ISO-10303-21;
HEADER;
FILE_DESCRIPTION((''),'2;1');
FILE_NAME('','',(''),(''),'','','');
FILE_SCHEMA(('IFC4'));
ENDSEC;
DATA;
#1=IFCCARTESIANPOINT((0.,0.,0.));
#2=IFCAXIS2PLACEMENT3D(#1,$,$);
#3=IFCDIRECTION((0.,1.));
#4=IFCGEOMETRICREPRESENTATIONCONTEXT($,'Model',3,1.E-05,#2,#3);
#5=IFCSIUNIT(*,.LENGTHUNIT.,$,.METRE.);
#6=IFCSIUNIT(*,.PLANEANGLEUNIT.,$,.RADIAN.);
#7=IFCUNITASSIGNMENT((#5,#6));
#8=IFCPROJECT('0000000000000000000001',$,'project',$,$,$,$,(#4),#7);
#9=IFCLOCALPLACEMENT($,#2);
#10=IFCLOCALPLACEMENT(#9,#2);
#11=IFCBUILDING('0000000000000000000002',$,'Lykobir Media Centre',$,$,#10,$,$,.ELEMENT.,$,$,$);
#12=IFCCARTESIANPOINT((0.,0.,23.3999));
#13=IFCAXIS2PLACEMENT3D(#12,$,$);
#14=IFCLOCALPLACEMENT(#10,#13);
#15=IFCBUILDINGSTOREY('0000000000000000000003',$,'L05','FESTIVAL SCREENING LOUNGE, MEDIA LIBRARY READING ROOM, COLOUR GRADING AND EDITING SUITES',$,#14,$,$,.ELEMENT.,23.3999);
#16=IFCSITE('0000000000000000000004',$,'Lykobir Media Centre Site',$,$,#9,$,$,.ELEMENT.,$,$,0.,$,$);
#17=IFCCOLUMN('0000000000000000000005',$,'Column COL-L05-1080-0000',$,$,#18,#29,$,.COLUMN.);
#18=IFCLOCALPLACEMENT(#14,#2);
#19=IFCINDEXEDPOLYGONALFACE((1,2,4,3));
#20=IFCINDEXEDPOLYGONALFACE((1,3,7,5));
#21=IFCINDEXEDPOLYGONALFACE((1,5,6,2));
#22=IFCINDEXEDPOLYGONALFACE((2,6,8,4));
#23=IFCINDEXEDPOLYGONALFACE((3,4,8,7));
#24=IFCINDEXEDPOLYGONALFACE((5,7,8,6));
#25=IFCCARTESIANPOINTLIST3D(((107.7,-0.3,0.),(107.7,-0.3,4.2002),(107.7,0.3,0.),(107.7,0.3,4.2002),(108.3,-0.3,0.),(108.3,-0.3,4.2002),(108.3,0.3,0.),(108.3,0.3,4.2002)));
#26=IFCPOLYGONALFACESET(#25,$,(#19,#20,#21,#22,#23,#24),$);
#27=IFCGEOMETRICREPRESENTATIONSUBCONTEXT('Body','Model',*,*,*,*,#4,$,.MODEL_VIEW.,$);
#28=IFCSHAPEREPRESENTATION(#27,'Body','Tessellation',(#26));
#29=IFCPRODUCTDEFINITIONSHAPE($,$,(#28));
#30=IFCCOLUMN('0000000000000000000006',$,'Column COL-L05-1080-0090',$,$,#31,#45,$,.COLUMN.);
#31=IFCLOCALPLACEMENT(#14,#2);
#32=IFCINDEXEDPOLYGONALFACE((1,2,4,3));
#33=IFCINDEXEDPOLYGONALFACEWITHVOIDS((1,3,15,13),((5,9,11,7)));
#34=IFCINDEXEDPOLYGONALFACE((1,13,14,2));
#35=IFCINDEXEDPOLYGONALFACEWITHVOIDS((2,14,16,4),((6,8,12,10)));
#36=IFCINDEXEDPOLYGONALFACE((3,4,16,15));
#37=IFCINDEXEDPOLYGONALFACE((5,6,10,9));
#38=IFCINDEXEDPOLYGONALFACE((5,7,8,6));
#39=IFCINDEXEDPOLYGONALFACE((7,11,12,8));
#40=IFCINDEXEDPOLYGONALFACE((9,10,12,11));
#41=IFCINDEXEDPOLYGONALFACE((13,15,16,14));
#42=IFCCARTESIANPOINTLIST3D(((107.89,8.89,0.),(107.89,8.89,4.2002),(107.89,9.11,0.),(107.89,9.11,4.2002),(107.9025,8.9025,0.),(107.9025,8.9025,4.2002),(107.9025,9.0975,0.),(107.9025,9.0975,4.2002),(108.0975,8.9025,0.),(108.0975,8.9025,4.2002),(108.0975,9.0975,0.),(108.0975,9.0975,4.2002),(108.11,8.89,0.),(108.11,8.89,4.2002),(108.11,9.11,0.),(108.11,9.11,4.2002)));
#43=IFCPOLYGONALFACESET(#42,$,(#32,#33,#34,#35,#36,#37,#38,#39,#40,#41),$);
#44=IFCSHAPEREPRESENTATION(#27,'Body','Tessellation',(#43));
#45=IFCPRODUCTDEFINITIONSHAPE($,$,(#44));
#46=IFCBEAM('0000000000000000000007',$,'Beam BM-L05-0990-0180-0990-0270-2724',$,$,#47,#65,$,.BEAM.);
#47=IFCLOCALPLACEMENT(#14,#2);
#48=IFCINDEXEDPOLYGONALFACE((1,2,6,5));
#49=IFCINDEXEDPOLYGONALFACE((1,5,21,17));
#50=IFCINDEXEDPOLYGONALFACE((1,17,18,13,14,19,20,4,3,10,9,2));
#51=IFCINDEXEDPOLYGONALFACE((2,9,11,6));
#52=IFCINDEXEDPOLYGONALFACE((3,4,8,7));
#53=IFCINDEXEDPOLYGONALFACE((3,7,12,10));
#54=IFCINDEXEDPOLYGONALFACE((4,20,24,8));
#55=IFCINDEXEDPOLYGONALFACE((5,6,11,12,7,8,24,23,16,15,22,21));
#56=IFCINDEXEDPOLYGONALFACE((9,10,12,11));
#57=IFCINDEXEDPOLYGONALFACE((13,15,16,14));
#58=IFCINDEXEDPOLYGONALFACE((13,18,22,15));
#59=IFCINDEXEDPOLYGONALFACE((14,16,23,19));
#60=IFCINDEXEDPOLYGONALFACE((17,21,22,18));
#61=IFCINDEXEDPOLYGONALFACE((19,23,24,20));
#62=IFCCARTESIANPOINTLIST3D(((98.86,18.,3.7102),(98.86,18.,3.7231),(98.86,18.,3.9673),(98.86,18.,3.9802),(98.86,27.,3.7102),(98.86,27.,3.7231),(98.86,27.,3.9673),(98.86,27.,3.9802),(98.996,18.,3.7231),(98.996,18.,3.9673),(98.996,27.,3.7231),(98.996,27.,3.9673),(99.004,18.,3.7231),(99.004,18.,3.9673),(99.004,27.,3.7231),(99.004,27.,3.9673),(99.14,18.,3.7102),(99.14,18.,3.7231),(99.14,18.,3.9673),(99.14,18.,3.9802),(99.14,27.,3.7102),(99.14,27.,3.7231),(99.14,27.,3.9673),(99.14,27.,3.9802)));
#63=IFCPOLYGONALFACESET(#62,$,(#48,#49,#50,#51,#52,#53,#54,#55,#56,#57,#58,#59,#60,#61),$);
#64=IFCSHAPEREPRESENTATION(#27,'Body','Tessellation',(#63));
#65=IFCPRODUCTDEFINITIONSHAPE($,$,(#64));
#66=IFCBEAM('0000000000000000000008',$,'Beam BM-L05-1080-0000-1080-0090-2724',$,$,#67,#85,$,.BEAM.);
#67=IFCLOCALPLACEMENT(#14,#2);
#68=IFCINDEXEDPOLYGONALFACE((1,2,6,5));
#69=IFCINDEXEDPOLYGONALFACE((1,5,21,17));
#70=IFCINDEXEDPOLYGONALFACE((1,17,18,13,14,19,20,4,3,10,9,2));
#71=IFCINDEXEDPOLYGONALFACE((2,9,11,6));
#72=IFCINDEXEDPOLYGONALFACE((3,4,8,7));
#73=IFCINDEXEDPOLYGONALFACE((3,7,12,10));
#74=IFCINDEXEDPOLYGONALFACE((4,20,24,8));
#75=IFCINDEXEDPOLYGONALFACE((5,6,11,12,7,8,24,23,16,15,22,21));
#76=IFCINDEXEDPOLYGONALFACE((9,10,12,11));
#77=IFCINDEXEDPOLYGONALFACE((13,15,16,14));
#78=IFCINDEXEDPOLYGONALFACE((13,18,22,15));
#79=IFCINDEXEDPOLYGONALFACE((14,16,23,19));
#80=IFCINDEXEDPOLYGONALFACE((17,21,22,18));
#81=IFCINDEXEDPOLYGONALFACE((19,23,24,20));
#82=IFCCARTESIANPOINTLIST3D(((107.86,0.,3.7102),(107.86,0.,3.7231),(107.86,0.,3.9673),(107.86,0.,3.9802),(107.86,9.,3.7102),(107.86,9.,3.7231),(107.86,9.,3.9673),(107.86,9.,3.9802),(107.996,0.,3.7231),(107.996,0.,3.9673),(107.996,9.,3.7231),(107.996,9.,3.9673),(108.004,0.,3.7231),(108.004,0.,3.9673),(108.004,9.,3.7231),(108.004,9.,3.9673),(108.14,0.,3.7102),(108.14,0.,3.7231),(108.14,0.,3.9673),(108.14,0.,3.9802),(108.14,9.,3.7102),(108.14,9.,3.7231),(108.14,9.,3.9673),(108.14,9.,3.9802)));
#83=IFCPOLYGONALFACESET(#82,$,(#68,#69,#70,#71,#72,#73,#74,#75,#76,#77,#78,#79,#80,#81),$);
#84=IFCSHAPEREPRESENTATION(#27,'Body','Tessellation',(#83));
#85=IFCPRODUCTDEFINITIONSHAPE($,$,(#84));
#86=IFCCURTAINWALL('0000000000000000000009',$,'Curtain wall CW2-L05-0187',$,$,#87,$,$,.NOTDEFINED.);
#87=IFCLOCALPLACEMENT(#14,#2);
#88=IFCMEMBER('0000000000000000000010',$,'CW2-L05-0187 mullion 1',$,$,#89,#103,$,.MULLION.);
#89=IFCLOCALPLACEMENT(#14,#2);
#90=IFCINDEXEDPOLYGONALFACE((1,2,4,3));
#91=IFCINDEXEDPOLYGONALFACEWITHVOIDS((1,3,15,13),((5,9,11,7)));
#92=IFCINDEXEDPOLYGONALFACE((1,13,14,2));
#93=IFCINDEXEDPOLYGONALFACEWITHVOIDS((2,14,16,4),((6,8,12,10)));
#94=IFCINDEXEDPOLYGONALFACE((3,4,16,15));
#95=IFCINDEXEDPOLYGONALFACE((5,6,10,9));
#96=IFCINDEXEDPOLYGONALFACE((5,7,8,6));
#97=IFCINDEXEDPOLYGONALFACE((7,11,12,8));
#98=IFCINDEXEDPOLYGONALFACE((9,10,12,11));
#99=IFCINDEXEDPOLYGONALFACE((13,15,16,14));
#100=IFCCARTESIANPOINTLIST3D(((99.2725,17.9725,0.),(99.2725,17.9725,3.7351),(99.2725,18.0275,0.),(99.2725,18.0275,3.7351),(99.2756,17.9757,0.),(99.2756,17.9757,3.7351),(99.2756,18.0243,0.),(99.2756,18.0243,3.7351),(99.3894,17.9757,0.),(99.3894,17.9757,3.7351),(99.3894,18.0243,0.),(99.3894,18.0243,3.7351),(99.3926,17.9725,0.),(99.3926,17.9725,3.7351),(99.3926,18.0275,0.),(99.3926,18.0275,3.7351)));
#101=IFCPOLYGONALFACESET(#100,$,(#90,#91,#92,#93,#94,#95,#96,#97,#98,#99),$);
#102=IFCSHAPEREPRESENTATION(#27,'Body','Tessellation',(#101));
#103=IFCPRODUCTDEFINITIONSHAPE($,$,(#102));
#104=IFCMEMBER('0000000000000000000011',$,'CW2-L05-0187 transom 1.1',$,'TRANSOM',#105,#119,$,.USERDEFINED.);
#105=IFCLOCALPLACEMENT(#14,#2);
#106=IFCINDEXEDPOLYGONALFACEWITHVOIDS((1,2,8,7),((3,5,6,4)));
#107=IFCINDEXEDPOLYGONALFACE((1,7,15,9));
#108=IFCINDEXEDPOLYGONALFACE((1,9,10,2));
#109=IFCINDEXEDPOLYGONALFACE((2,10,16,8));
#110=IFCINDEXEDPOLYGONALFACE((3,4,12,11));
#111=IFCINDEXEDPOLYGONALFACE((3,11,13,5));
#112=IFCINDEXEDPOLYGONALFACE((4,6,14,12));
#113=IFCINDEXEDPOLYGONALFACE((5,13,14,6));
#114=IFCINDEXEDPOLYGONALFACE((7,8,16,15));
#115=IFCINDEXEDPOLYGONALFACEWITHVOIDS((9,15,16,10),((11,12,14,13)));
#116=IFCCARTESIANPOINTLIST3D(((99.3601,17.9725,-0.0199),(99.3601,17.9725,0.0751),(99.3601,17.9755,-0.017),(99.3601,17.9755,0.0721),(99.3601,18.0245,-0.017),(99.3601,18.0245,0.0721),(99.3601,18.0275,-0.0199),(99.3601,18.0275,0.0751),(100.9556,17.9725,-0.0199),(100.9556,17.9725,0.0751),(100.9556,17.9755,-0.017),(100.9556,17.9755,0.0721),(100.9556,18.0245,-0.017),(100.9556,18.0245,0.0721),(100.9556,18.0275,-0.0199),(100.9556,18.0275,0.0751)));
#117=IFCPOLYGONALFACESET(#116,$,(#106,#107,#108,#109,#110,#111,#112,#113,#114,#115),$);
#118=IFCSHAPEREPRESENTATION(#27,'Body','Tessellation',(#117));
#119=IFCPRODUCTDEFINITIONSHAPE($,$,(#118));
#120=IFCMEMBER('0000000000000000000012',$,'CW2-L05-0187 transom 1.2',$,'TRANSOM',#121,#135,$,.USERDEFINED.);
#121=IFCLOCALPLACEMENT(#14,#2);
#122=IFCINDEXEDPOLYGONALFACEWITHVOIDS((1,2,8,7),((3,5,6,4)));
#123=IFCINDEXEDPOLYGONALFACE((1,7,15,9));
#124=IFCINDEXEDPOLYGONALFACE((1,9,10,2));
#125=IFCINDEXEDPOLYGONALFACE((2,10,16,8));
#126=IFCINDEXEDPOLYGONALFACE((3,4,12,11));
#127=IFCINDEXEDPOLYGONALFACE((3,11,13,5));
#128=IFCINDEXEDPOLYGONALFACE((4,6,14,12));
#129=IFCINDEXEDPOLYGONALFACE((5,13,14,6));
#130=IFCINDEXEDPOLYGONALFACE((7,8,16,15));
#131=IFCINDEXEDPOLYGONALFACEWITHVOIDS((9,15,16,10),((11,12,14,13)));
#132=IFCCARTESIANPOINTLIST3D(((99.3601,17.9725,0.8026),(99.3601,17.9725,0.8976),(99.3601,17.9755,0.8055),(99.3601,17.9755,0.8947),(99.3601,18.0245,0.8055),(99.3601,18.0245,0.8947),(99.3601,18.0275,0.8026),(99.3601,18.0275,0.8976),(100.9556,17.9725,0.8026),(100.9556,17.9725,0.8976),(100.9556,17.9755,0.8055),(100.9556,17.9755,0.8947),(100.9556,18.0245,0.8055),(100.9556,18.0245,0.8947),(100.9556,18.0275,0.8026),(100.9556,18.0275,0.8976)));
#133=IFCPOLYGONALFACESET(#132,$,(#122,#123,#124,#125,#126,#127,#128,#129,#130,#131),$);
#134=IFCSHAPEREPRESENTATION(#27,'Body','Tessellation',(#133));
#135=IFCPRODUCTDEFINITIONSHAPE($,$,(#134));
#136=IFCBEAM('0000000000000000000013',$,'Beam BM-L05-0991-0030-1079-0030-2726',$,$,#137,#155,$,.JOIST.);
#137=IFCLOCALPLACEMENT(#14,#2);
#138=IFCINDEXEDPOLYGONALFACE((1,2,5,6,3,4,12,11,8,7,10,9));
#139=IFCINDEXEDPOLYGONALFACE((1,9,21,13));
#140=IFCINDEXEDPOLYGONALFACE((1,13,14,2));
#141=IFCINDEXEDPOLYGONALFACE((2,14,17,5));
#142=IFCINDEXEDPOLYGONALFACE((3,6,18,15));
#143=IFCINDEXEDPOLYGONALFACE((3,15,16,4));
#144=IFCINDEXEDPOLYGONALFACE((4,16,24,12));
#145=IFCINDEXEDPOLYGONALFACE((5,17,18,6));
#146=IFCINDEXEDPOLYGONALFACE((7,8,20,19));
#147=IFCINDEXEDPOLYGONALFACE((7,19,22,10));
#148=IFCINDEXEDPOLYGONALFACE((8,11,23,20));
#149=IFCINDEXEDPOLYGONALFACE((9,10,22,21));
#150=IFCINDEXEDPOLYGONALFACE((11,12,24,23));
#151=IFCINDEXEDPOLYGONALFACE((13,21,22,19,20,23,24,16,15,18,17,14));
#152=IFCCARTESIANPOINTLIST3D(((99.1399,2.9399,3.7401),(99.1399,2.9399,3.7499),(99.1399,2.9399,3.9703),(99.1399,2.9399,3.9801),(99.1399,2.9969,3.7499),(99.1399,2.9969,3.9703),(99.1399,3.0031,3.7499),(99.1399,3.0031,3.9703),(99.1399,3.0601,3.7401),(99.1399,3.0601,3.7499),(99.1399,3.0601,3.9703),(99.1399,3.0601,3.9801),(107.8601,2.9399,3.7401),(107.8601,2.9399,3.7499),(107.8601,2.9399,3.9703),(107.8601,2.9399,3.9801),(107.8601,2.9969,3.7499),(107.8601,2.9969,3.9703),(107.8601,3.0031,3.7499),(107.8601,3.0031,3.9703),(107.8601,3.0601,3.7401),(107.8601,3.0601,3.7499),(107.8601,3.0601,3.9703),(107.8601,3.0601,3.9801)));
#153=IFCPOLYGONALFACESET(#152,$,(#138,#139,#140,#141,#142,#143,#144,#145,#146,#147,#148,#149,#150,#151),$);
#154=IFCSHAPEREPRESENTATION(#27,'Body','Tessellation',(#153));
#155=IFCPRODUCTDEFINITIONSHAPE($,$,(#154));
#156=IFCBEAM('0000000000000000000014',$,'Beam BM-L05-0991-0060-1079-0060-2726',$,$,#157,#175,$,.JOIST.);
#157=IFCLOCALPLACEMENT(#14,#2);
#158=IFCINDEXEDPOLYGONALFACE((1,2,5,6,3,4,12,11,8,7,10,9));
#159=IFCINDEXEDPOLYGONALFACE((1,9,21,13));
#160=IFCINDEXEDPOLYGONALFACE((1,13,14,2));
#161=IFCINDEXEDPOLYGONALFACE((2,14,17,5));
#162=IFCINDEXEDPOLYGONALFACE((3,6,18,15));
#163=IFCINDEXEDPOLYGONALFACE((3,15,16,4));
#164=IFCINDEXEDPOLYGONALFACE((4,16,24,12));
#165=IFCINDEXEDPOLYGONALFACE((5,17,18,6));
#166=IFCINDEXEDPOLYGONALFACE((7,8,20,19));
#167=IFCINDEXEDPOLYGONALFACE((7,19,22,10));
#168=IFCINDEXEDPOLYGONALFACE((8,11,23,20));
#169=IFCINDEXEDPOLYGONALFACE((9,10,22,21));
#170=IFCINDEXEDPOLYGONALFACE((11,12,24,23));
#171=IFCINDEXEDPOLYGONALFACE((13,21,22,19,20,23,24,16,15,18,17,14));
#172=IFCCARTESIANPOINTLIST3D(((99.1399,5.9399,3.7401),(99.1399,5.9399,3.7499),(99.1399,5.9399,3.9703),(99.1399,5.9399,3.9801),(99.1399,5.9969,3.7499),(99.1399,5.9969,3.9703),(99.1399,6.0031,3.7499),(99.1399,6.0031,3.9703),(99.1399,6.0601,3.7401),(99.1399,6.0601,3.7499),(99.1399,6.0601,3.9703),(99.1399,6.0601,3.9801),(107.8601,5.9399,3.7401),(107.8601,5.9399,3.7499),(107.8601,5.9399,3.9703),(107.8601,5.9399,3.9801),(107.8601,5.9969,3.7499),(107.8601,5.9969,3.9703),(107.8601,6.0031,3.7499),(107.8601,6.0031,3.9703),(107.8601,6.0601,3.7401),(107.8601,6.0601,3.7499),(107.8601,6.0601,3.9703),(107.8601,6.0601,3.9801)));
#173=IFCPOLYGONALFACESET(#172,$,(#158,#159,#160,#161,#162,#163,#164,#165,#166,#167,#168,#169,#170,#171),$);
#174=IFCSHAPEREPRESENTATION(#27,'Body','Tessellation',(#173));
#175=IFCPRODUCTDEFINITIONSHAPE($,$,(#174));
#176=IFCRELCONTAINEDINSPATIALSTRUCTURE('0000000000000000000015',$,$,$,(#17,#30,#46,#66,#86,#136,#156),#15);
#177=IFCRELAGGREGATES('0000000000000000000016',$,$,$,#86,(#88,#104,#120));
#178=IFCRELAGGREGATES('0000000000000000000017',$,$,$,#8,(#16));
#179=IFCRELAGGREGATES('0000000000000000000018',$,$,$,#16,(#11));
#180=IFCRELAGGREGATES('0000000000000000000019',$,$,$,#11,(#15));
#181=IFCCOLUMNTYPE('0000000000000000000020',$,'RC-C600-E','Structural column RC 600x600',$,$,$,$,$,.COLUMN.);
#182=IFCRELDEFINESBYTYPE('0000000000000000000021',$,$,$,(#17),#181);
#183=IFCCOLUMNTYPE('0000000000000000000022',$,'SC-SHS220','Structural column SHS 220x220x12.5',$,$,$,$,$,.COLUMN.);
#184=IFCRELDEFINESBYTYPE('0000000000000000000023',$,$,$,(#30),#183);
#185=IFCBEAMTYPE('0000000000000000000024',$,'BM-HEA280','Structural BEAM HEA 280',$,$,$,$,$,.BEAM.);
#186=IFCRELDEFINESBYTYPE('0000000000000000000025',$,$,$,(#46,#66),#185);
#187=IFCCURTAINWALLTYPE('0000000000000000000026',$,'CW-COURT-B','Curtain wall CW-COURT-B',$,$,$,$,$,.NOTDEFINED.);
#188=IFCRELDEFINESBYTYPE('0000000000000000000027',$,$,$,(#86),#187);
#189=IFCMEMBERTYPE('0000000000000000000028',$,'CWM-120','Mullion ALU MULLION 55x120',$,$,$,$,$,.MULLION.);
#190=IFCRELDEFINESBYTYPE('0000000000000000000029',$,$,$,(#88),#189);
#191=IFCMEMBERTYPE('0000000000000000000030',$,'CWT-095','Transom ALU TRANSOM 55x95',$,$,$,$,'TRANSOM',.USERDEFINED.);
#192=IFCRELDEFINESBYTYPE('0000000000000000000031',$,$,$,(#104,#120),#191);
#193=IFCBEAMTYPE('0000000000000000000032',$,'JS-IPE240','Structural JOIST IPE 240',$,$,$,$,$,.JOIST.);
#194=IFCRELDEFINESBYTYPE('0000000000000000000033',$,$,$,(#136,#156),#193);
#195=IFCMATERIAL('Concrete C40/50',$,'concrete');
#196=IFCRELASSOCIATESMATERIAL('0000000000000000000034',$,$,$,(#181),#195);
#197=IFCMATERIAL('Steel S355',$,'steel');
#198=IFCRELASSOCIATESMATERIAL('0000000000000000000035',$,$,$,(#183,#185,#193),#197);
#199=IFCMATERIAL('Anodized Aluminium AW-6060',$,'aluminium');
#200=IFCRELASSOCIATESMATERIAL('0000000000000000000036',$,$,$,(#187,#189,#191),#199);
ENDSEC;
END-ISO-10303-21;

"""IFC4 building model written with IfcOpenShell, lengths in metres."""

from ifc_helpers import new_model, si_unit, direction, frame, origin, origin_2d, place, context, subcontext, project, spatial, rectangle, hollow_rectangle, i_section, extrude, material, material_profile, profile_set, type_object, element, aggregate, save


model = new_model("IFC4")

# Units and contexts
model_context = context("Model", 3, precision=1e-05, world=origin(), true_north=direction((0.0, 1.0)))
body_context = subcontext(model_context, "Body", "Model", "MODEL_VIEW")
ifc_project = project(units=[si_unit("LENGTHUNIT", "METRE"), si_unit("PLANEANGLEUNIT", "RADIAN")], contexts=[model_context])

# Site, building, storey
site_placement = place(None, origin())
site = spatial("IfcSite", under=ifc_project, at=site_placement, Name="Lykobir Media Centre Site", CompositionType="ELEMENT", RefElevation=0.0)
building_placement = place(site_placement, origin())
building = spatial("IfcBuilding", under=site, at=building_placement, Name="Lykobir Media Centre", CompositionType="ELEMENT")
storey_placement = place(building_placement, frame((0.0, 0.0, 23.3999)))
storey = spatial("IfcBuildingStorey", under=building, at=storey_placement, Name="L05", Description="FESTIVAL SCREENING LOUNGE, MEDIA LIBRARY READING ROOM, COLOUR GRADING AND EDITING SUITES", CompositionType="ELEMENT", Elevation=23.3999)

# Columns
ifc_material_1 = material(Name="Concrete C40/50", Category="concrete")
ifc_material_profile_1 = material_profile(ifc_material_1, rectangle(XDim=0.6001, YDim=0.6001, at=origin_2d()), Name="RC 600x600")
ifc_profile_set_1 = profile_set([ifc_material_profile_1], Name="Concrete C40/50")
column_type_1 = type_object("IfcColumnType", Name="RC-C600-E", Description="Structural column RC 600x600", PredefinedType="COLUMN", material=ifc_profile_set_1)
column_1_placement = place(storey_placement, frame((108.0, 0.0, 0.0), z_axis=(0.0, 0.0, 1.0), x_axis=(1.0, 0.0, 0.0)))
element("IfcColumn", 1, at=column_1_placement, inside=storey, type_object=column_type_1, Name="Column COL-L05-1080-0000", PredefinedType="COLUMN", context=body_context, shape_type="SweptSolid", body=[
    extrude(rectangle(XDim=0.6001, YDim=0.6001, at=origin_2d()), origin(), (0.0, 0.0, 1.0), 4.2002),
])
ifc_material_2 = material(Name="Steel S355", Category="steel")
ifc_material_profile_2 = material_profile(ifc_material_2, hollow_rectangle(XDim=0.22, YDim=0.22, WallThickness=0.0125, at=origin_2d()), Name="SHS 220x220x12.5")
ifc_profile_set_2 = profile_set([ifc_material_profile_2], Name="Steel S355")
column_type_2 = type_object("IfcColumnType", Name="SC-SHS220", Description="Structural column SHS 220x220x12.5", PredefinedType="COLUMN", material=ifc_profile_set_2)
column_2_placement = place(storey_placement, frame((108.0, 9.0, 0.0), z_axis=(0.0, 0.0, 1.0), x_axis=(1.0, 0.0, 0.0)))
element("IfcColumn", 2, at=column_2_placement, inside=storey, type_object=column_type_2, Name="Column COL-L05-1080-0090", PredefinedType="COLUMN", context=body_context, shape_type="SweptSolid", body=[
    extrude(hollow_rectangle(XDim=0.22, YDim=0.22, WallThickness=0.0125, at=origin_2d()), origin(), (0.0, 0.0, 1.0), 4.2002),
])

# Beams
ifc_material_profile_3 = material_profile(ifc_material_2, i_section(OverallWidth=0.28, OverallDepth=0.27, WebThickness=0.0081, FlangeThickness=0.0129, at=origin_2d()), Name="HEA 280")
ifc_profile_set_3 = profile_set([ifc_material_profile_3], Name="Steel S355")
beam_type_1 = type_object("IfcBeamType", Name="BM-HEA280", Description="Structural BEAM HEA 280", PredefinedType="BEAM", material=ifc_profile_set_3)
for number, where, z_axis, x_axis, name in (
    (3, (99.0, 18.0, 3.8452), (0.0, 1.0, 0.0), (-1.0, 0.0, 0.0), "Beam BM-L05-0990-0180-0990-0270-2724"),
    (4, (108.0, 0.0, 3.8452), (0.0, 1.0, 0.0), (-1.0, 0.0, 0.0), "Beam BM-L05-1080-0000-1080-0090-2724"),
):
    element("IfcBeam", number, at=place(storey_placement, frame(where, z_axis=z_axis, x_axis=x_axis)), inside=storey, type_object=beam_type_1, Name=name, PredefinedType="BEAM", context=body_context, shape_type="SweptSolid", body=[
        extrude(i_section(OverallWidth=0.28, OverallDepth=0.27, WebThickness=0.0081, FlangeThickness=0.0129, at=origin_2d()), origin(), (0.0, 0.0, 1.0), 9.0),
    ])

# Curtain wall, members
ifc_material_3 = material(Name="Anodized Aluminium AW-6060", Category="aluminium")
curtain_wall_type = type_object("IfcCurtainWallType", Name="CW-COURT-B", Description="Curtain wall CW-COURT-B", PredefinedType="NOTDEFINED", material=ifc_material_3)
curtain_wall_placement = place(storey_placement, origin())
curtain_wall = element("IfcCurtainWall", 5, at=curtain_wall_placement, inside=storey, type_object=curtain_wall_type, Name="Curtain wall CW2-L05-0187", PredefinedType="NOTDEFINED")
ifc_material_profile_4 = material_profile(ifc_material_3, hollow_rectangle(XDim=0.0549, YDim=0.1201, WallThickness=0.0032, at=origin_2d()), Name="ALU MULLION 55x120")
ifc_profile_set_4 = profile_set([ifc_material_profile_4], Name="Anodized Aluminium AW-6060")
member_type_1 = type_object("IfcMemberType", Name="CWM-120", Description="Mullion ALU MULLION 55x120", PredefinedType="MULLION", material=ifc_profile_set_4)
member_1_placement = place(storey_placement, frame((99.3325, 18.0, 0.0), z_axis=(0.0, 0.0, 1.0), x_axis=(0.0, 1.0, 0.0)))
member_1 = element("IfcMember", 6, at=member_1_placement, type_object=member_type_1, Name="CW2-L05-0187 mullion 1", PredefinedType="MULLION", context=body_context, shape_type="SweptSolid", body=[
    extrude(hollow_rectangle(XDim=0.0549, YDim=0.1201, WallThickness=0.0032, at=origin_2d()), origin(), (0.0, 0.0, 1.0), 3.7351),
])
ifc_material_profile_5 = material_profile(ifc_material_3, hollow_rectangle(XDim=0.0549, YDim=0.095, WallThickness=0.0029, at=origin_2d()), Name="ALU TRANSOM 55x95")
ifc_profile_set_5 = profile_set([ifc_material_profile_5], Name="Anodized Aluminium AW-6060")
member_type_2 = type_object("IfcMemberType", Name="CWT-095", Description="Transom ALU TRANSOM 55x95", ElementType="TRANSOM", PredefinedType="USERDEFINED", material=ifc_profile_set_5)
member_2_placement = place(storey_placement, frame((99.3601, 18.0, 0.0276), z_axis=(1.0, 0.0, 0.0), x_axis=(0.0, 1.0, 0.0)))
member_2 = element("IfcMember", 7, at=member_2_placement, type_object=member_type_2, Name="CW2-L05-0187 transom 1.1", ObjectType="TRANSOM", PredefinedType="USERDEFINED", context=body_context, shape_type="SweptSolid", body=[
    extrude(hollow_rectangle(XDim=0.0549, YDim=0.095, WallThickness=0.0029, at=origin_2d()), origin(), (0.0, 0.0, 1.0), 1.5955),
])
member_3_placement = place(storey_placement, frame((99.3601, 18.0, 0.8501), z_axis=(1.0, 0.0, 0.0), x_axis=(0.0, 1.0, 0.0)))
member_3 = element("IfcMember", 8, at=member_3_placement, type_object=member_type_2, Name="CW2-L05-0187 transom 1.2", ObjectType="TRANSOM", PredefinedType="USERDEFINED", context=body_context, shape_type="SweptSolid", body=[
    extrude(hollow_rectangle(XDim=0.0549, YDim=0.095, WallThickness=0.0029, at=origin_2d()), origin(), (0.0, 0.0, 1.0), 1.5955),
])
aggregate(curtain_wall, [member_1, member_2, member_3])

# Beams
ifc_material_profile_6 = material_profile(ifc_material_2, i_section(OverallWidth=0.1201, OverallDepth=0.24, WebThickness=0.0061, FlangeThickness=0.0098, at=origin_2d()), Name="IPE 240")
ifc_profile_set_6 = profile_set([ifc_material_profile_6], Name="Steel S355")
beam_type_2 = type_object("IfcBeamType", Name="JS-IPE240", Description="Structural JOIST IPE 240", PredefinedType="JOIST", material=ifc_profile_set_6)
for number, where, z_axis, x_axis, name in (
    (9, (99.1399, 3.0, 3.8601), (1.0, 0.0, 0.0), (0.0, 1.0, 0.0), "Beam BM-L05-0991-0030-1079-0030-2726"),
    (10, (99.1399, 6.0, 3.8601), (1.0, 0.0, 0.0), (0.0, 1.0, 0.0), "Beam BM-L05-0991-0060-1079-0060-2726"),
):
    element("IfcBeam", number, at=place(storey_placement, frame(where, z_axis=z_axis, x_axis=x_axis)), inside=storey, type_object=beam_type_2, Name=name, PredefinedType="JOIST", context=body_context, shape_type="SweptSolid", body=[
        extrude(i_section(OverallWidth=0.1201, OverallDepth=0.24, WebThickness=0.0061, FlangeThickness=0.0098, at=origin_2d()), origin(), (0.0, 0.0, 1.0), 8.7202),
    ])

save(model, "model.ifc")
